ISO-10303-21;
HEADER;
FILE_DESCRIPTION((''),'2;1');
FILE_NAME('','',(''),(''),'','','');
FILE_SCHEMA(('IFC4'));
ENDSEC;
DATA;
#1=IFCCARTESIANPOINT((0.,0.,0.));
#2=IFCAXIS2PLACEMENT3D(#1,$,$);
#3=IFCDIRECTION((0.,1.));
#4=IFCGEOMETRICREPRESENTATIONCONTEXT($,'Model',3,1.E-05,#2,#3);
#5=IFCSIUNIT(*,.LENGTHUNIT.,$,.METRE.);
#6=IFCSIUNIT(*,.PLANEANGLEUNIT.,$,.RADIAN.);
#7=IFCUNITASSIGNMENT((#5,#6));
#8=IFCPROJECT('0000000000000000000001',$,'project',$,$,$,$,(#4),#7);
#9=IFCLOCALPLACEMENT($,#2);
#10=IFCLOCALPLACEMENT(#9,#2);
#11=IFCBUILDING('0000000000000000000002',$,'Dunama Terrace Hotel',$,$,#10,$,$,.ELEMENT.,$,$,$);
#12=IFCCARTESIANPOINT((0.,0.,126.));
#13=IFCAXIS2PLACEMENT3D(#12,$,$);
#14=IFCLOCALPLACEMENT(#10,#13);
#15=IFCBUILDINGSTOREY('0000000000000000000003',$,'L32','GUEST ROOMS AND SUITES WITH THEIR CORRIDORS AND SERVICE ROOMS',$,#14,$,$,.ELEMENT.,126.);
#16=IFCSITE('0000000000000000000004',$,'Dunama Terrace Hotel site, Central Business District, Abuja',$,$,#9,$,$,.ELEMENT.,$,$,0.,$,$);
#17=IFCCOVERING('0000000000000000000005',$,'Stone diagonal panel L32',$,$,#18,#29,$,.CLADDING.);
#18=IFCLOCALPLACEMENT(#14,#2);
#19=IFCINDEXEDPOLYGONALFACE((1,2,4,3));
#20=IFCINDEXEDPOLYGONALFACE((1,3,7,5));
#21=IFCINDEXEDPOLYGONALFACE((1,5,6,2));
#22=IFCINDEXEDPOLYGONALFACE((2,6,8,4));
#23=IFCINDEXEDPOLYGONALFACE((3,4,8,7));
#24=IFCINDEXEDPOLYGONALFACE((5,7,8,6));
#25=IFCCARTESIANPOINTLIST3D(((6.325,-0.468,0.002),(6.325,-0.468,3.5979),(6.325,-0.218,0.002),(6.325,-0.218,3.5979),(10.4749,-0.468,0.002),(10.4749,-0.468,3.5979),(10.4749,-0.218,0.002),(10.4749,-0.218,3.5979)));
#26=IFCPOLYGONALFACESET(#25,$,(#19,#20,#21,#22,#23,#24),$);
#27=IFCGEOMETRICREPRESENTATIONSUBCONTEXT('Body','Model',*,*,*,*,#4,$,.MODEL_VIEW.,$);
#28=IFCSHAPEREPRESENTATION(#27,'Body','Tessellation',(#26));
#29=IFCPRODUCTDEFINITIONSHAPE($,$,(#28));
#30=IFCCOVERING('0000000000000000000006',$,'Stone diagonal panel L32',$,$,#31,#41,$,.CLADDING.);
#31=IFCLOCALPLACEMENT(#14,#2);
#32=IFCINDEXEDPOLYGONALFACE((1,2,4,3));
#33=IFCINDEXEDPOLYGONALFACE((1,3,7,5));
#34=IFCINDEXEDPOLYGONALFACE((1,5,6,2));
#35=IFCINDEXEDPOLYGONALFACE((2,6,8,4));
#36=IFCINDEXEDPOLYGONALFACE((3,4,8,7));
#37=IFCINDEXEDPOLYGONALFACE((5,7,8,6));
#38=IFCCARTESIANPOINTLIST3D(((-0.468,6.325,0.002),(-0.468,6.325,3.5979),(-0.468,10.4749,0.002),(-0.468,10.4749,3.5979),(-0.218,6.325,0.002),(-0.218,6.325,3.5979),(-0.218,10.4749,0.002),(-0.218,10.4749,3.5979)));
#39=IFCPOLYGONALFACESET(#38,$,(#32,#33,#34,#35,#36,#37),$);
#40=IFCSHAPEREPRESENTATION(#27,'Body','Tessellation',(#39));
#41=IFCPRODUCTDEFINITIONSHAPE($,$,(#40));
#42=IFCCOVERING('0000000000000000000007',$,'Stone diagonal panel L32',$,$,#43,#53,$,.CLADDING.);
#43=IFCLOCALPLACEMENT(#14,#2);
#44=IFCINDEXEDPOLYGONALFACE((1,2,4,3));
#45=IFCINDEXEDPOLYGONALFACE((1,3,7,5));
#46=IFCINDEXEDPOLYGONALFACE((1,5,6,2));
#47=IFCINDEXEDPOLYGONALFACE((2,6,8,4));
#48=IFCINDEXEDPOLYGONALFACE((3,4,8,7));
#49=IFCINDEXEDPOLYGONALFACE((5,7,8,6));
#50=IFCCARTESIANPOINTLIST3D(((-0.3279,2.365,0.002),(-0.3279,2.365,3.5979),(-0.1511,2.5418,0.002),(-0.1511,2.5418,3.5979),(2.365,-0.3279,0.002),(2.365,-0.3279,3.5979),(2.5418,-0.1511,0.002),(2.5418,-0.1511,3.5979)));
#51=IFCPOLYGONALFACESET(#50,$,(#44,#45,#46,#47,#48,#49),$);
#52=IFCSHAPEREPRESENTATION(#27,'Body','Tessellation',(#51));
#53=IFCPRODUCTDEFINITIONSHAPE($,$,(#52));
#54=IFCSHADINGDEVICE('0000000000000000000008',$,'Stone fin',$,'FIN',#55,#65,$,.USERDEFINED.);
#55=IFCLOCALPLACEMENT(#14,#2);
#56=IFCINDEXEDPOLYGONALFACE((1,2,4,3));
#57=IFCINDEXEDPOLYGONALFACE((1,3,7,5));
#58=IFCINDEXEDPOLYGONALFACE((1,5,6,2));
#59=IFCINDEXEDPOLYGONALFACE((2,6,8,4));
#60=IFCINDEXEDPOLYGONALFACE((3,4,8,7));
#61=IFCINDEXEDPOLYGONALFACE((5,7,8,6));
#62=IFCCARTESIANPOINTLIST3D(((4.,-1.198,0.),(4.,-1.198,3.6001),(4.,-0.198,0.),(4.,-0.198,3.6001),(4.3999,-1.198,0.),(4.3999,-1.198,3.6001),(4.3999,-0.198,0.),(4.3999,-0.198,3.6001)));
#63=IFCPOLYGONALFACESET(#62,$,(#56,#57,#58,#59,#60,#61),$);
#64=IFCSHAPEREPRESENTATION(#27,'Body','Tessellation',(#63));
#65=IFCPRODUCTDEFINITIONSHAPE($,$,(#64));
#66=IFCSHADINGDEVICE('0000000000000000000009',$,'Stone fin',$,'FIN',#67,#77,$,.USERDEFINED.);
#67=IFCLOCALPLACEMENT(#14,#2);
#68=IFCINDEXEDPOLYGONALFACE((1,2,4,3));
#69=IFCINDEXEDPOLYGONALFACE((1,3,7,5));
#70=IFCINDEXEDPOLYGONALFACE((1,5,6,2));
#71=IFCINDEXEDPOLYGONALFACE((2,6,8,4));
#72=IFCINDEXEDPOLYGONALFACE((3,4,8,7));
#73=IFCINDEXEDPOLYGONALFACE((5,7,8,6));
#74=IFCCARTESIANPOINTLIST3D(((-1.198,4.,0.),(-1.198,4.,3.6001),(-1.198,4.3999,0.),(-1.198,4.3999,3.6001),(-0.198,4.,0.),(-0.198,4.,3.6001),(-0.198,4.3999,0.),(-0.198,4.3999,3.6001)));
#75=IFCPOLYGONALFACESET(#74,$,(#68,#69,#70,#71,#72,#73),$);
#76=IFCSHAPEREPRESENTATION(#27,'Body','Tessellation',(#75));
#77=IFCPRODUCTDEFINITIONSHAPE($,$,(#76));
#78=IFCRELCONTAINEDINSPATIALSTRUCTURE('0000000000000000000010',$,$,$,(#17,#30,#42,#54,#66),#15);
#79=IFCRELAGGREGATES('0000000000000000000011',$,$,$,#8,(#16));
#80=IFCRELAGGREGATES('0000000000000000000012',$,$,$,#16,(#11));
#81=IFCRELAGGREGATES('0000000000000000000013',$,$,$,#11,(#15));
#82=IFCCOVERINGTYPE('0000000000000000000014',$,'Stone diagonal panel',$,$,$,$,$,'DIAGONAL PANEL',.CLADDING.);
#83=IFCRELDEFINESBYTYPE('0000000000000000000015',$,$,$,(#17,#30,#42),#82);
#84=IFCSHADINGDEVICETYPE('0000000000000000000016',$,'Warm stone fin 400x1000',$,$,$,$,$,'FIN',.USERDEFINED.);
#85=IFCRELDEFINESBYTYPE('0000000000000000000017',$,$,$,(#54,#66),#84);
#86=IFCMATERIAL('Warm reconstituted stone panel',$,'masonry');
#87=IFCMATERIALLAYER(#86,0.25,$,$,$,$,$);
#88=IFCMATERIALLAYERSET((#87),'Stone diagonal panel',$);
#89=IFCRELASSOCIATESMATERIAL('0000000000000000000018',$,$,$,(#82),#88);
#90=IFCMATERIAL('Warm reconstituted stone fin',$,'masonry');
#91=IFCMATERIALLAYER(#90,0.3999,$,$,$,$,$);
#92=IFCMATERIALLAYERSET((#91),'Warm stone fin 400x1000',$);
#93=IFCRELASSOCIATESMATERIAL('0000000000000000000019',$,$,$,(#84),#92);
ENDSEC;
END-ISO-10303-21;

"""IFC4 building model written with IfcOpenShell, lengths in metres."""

from ifc_helpers import new_model, si_unit, direction, frame, origin, origin_2d, place, context, subcontext, project, spatial, rectangle, extrude, material, layer, layer_set, type_object, element, save


model = new_model("IFC4")

# Units and contexts
model_context = context("Model", 3, precision=1e-05, world=origin(), true_north=direction((0.0, 1.0)))
body_context = subcontext(model_context, "Body", "Model", "MODEL_VIEW")
ifc_project = project(units=[si_unit("LENGTHUNIT", "METRE"), si_unit("PLANEANGLEUNIT", "RADIAN")], contexts=[model_context])

# Site, building, storey
site_placement = place(None, origin())
site = spatial("IfcSite", under=ifc_project, at=site_placement, Name="Dunama Terrace Hotel site, Central Business District, Abuja", CompositionType="ELEMENT", RefElevation=0.0)
building_placement = place(site_placement, origin())
building = spatial("IfcBuilding", under=site, at=building_placement, Name="Dunama Terrace Hotel", CompositionType="ELEMENT")
storey_placement = place(building_placement, frame((0.0, 0.0, 126.0)))
storey = spatial("IfcBuildingStorey", under=building, at=storey_placement, Name="L32", Description="GUEST ROOMS AND SUITES WITH THEIR CORRIDORS AND SERVICE ROOMS", CompositionType="ELEMENT", Elevation=126.0)

# Coverings
ifc_material_1 = material(Name="Warm reconstituted stone panel", Category="masonry")
ifc_layer_1 = layer(ifc_material_1, 0.25)
ifc_layer_set_1 = layer_set([ifc_layer_1], Name="Stone diagonal panel")
covering_type = type_object("IfcCoveringType", Name="Stone diagonal panel", ElementType="DIAGONAL PANEL", PredefinedType="CLADDING", material=ifc_layer_set_1)
for number, where, z_axis, x_axis, name in (
    (1, (8.3999, -0.343, 0.002), (0.0, 0.0, 1.0), (1.0, 0.0, 0.0), "Stone diagonal panel L32"),
    (2, (-0.343, 8.3999, 0.002), (0.0, 0.0, 1.0), (0.0, -1.0, 0.0), "Stone diagonal panel L32"),
):
    element("IfcCovering", number, at=place(storey_placement, frame(where, z_axis=z_axis, x_axis=x_axis)), inside=storey, type_object=covering_type, Name=name, PredefinedType="CLADDING", context=body_context, shape_type="SweptSolid", body=[
        extrude(rectangle(XDim=4.1499, YDim=0.25, at=origin_2d()), origin(), (0.0, 0.0, 1.0), 3.5959),
    ])
covering_placement = place(storey_placement, frame((1.1069, 1.1069, 0.002), z_axis=(0.0, 0.0, 1.0), x_axis=(0.707107, -0.707107, 0.0)))
element("IfcCovering", 3, at=covering_placement, inside=storey, type_object=covering_type, Name="Stone diagonal panel L32", PredefinedType="CLADDING", context=body_context, shape_type="SweptSolid", body=[
    extrude(rectangle(XDim=3.8083, YDim=0.25, at=origin_2d()), origin(), (0.0, 0.0, 1.0), 3.5959),
])

# Shading devices
ifc_material_2 = material(Name="Warm reconstituted stone fin", Category="masonry")
ifc_layer_2 = layer(ifc_material_2, 0.3999)
ifc_layer_set_2 = layer_set([ifc_layer_2], Name="Warm stone fin 400x1000")
shading_device_type = type_object("IfcShadingDeviceType", Name="Warm stone fin 400x1000", ElementType="FIN", PredefinedType="USERDEFINED", material=ifc_layer_set_2)
for number, where, z_axis, x_axis, name in (
    (4, (4.2, -0.698, 0.0), (0.0, 0.0, 1.0), (1.0, 0.0, 0.0), "Stone fin"),
    (5, (-0.698, 4.2, 0.0), (0.0, 0.0, 1.0), (0.0, -1.0, 0.0), "Stone fin"),
):
    element("IfcShadingDevice", number, at=place(storey_placement, frame(where, z_axis=z_axis, x_axis=x_axis)), inside=storey, type_object=shading_device_type, Name=name, ObjectType="FIN", PredefinedType="USERDEFINED", context=body_context, shape_type="SweptSolid", body=[
        extrude(rectangle(XDim=0.3999, YDim=1.0, at=origin_2d()), origin(), (0.0, 0.0, 1.0), 3.6001),
    ])

save(model, "model.ifc")
